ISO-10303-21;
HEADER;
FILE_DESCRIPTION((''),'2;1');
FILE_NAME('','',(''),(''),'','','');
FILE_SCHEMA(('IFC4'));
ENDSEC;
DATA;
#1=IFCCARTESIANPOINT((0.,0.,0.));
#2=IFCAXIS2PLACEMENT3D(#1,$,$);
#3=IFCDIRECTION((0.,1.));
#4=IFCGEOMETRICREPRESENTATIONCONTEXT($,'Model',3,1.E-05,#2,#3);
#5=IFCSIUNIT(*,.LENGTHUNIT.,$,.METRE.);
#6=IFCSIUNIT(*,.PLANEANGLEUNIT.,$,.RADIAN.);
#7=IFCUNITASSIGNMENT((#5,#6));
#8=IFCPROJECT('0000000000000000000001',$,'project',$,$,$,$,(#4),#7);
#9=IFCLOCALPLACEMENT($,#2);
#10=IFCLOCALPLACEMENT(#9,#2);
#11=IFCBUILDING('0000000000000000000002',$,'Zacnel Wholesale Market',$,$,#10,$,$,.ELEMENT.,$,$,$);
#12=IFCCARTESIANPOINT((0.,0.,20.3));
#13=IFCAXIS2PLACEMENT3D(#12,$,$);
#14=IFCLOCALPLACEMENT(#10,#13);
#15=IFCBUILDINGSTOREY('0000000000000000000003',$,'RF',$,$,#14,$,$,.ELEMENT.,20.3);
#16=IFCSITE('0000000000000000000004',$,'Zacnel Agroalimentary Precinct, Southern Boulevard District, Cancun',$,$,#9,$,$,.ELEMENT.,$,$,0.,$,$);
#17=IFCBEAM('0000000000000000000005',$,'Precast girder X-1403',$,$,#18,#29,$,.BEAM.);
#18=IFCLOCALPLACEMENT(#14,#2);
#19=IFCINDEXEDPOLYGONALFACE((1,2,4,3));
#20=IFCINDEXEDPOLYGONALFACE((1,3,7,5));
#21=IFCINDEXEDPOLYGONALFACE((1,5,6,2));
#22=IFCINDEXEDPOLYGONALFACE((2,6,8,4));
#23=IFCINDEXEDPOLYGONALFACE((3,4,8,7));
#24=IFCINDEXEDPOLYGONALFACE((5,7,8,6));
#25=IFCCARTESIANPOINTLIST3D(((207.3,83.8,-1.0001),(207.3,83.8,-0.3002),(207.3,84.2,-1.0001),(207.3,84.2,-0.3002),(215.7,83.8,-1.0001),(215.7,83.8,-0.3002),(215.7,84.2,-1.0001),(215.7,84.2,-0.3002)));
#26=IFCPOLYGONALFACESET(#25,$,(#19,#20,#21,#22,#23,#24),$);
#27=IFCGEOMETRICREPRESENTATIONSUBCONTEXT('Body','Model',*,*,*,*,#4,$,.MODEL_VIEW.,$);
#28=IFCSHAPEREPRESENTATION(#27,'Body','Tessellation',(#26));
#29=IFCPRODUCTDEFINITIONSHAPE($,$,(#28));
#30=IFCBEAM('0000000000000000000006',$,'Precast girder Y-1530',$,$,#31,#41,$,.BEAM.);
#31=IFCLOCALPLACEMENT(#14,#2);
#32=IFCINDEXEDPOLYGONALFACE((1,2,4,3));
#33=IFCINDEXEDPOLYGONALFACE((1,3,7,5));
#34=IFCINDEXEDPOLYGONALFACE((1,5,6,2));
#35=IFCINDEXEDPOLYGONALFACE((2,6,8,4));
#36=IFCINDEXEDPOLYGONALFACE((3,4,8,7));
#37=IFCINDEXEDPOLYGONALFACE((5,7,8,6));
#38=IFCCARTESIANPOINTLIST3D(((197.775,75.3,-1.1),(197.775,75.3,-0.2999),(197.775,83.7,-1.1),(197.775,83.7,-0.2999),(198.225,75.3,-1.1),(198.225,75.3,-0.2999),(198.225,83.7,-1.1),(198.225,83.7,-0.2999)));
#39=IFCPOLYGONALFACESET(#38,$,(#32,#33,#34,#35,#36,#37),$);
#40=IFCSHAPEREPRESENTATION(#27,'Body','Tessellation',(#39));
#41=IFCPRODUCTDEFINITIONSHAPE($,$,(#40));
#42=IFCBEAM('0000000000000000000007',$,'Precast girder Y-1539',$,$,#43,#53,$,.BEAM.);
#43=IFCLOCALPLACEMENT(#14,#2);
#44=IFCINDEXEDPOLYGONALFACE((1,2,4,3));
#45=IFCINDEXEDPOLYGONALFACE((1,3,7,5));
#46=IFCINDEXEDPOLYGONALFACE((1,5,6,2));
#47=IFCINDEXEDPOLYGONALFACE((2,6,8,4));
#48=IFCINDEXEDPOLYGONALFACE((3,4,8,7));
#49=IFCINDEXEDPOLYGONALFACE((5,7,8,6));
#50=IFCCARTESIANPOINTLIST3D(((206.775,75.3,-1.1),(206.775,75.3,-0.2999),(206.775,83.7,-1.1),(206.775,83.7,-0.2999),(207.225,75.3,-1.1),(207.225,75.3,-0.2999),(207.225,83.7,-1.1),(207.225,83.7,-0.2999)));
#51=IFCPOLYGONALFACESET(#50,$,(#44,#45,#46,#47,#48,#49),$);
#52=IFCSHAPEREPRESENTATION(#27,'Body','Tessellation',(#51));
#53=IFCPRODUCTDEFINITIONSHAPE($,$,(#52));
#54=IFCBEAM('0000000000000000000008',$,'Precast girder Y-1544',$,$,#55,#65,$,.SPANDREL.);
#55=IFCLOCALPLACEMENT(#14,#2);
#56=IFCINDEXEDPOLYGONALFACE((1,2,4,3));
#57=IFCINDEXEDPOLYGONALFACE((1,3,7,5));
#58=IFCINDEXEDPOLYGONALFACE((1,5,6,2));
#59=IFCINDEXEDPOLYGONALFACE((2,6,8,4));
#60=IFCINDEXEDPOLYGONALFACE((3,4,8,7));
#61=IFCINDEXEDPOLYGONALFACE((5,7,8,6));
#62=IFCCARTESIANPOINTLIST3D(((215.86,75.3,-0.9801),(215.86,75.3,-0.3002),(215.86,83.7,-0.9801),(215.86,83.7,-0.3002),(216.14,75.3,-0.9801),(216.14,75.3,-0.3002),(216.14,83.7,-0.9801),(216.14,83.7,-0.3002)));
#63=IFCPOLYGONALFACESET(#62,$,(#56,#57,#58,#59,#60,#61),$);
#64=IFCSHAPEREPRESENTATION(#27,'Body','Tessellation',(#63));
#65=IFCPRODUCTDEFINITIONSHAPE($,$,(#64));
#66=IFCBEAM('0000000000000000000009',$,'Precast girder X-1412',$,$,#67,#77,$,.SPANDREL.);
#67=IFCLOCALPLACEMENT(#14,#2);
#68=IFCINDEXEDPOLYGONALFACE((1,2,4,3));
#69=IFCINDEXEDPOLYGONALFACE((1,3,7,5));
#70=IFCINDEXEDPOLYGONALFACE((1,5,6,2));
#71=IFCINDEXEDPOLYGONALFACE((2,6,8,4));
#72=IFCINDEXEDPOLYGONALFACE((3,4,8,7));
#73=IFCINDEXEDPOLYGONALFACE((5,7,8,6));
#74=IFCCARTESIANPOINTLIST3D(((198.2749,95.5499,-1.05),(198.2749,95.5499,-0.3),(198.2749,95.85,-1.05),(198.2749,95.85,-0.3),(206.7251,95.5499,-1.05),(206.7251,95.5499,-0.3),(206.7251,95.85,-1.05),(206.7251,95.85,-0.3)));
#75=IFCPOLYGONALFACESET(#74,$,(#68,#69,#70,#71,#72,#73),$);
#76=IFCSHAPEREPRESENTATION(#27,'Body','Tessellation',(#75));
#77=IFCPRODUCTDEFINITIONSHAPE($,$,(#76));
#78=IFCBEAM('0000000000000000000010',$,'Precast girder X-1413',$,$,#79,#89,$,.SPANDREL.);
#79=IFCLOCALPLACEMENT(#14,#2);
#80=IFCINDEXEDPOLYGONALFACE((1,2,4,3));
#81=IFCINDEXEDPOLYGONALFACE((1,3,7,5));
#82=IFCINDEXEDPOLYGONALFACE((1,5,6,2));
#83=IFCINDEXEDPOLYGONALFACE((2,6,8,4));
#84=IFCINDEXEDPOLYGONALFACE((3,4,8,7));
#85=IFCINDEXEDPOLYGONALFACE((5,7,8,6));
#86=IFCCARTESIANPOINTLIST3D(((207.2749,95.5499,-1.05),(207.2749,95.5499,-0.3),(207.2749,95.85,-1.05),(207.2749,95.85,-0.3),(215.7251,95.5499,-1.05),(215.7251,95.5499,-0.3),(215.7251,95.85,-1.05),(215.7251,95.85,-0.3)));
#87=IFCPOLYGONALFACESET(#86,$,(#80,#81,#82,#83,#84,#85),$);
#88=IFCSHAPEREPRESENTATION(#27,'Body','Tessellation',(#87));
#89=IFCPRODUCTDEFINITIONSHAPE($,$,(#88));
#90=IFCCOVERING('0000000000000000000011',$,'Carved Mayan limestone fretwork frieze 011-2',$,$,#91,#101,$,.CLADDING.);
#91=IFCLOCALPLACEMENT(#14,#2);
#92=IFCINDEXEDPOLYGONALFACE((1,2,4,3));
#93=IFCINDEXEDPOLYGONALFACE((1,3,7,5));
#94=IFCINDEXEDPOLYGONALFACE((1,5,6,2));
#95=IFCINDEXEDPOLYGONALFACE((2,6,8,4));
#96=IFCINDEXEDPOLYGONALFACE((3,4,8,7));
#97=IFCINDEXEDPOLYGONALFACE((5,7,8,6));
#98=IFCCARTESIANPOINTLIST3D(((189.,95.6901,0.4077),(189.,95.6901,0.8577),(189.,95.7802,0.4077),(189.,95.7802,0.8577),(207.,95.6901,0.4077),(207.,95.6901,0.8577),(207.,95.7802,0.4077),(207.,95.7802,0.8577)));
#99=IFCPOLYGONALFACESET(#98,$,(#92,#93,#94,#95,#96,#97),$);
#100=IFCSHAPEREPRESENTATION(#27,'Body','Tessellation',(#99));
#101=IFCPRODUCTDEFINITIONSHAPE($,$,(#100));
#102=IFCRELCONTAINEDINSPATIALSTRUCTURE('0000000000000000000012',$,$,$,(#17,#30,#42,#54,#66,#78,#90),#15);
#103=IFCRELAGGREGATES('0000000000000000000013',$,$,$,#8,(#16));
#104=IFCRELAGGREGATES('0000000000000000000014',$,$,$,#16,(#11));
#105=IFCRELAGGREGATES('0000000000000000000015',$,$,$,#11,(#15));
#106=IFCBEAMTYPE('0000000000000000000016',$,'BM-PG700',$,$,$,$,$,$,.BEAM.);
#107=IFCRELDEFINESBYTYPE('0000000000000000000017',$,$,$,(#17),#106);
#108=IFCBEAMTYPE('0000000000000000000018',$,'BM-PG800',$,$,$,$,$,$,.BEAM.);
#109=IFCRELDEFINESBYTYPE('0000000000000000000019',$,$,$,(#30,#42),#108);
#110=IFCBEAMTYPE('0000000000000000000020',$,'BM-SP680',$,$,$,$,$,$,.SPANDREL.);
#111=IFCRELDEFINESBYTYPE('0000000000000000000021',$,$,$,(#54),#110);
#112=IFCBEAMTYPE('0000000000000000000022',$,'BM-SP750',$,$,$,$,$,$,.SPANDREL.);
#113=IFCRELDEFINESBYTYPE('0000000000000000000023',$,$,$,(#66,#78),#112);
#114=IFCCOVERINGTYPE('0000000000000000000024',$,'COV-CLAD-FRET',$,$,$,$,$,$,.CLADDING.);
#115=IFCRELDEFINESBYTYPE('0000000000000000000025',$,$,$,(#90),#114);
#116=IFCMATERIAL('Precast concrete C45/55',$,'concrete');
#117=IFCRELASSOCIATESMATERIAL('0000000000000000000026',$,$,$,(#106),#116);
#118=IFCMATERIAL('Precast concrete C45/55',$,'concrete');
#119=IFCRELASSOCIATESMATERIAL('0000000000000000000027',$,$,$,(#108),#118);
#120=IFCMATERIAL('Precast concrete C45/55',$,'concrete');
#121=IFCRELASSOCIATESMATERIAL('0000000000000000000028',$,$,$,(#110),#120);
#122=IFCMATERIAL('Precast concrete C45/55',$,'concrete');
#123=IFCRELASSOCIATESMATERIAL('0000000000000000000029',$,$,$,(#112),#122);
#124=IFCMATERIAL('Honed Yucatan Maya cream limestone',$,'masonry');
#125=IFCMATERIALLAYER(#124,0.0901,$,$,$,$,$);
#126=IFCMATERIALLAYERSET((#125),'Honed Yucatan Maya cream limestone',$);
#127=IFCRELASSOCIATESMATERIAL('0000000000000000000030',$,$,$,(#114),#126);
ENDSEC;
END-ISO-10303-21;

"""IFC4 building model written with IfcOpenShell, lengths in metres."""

from ifc_helpers import new_model, si_unit, direction, frame, origin, origin_2d, place, context, subcontext, project, spatial, rectangle, extrude, material, layer, layer_set, material_profile, profile_set, type_object, element, save


model = new_model("IFC4")

# Units and contexts
model_context = context("Model", 3, precision=1e-05, world=origin(), true_north=direction((0.0, 1.0)))
body_context = subcontext(model_context, "Body", "Model", "MODEL_VIEW")
ifc_project = project(units=[si_unit("LENGTHUNIT", "METRE"), si_unit("PLANEANGLEUNIT", "RADIAN")], contexts=[model_context])

# Site, building, storey
site_placement = place(None, origin())
site = spatial("IfcSite", under=ifc_project, at=site_placement, Name="Zacnel Agroalimentary Precinct, Southern Boulevard District, Cancun", CompositionType="ELEMENT", RefElevation=0.0)
building_placement = place(site_placement, origin())
building = spatial("IfcBuilding", under=site, at=building_placement, Name="Zacnel Wholesale Market", CompositionType="ELEMENT")
storey_placement = place(building_placement, frame((0.0, 0.0, 20.3)))
storey = spatial("IfcBuildingStorey", under=building, at=storey_placement, Name="RF", CompositionType="ELEMENT", Elevation=20.3)

# Beams
ifc_material_1 = material(Name="Precast concrete C45/55", Category="concrete")
ifc_material_profile_1 = material_profile(ifc_material_1, rectangle(XDim=0.3999, YDim=0.7, at=origin_2d()), Name="PG 400x700")
ifc_profile_set_1 = profile_set([ifc_material_profile_1], Name="Precast concrete C45/55")
beam_type_1 = type_object("IfcBeamType", Name="BM-PG700", PredefinedType="BEAM", material=ifc_profile_set_1)
for number, where, z_axis, x_axis, name in (
    (1, (207.3, 84.0, -0.6501), (1.0, 0.0, 0.0), (0.0, 1.0, 0.0), "Precast girder X-1403"),
):
    element("IfcBeam", number, at=place(storey_placement, frame(where, z_axis=z_axis, x_axis=x_axis)), inside=storey, type_object=beam_type_1, Name=name, PredefinedType="BEAM", context=body_context, shape_type="SweptSolid", body=[
        extrude(rectangle(XDim=0.3999, YDim=0.7, at=origin_2d()), origin(), (0.0, 0.0, 1.0), 8.3999),
    ])
ifc_material_2 = material(Name="Precast concrete C45/55", Category="concrete")
ifc_material_profile_2 = material_profile(ifc_material_2, rectangle(XDim=0.45, YDim=0.8, at=origin_2d()), Name="PG 450x800")
ifc_profile_set_2 = profile_set([ifc_material_profile_2], Name="Precast concrete C45/55")
beam_type_2 = type_object("IfcBeamType", Name="BM-PG800", PredefinedType="BEAM", material=ifc_profile_set_2)
for number, where, z_axis, x_axis, name in (
    (2, (198.0, 75.3, -0.7), (0.0, 1.0, 0.0), (-1.0, 0.0, 0.0), "Precast girder Y-1530"),
    (3, (207.0, 75.3, -0.7), (0.0, 1.0, 0.0), (-1.0, 0.0, 0.0), "Precast girder Y-1539"),
):
    element("IfcBeam", number, at=place(storey_placement, frame(where, z_axis=z_axis, x_axis=x_axis)), inside=storey, type_object=beam_type_2, Name=name, PredefinedType="BEAM", context=body_context, shape_type="SweptSolid", body=[
        extrude(rectangle(XDim=0.45, YDim=0.8, at=origin_2d()), origin(), (0.0, 0.0, 1.0), 8.3999),
    ])
ifc_material_3 = material(Name="Precast concrete C45/55", Category="concrete")
ifc_material_profile_3 = material_profile(ifc_material_3, rectangle(XDim=0.28, YDim=0.6799, at=origin_2d()), Name="SP 280x680")
ifc_profile_set_3 = profile_set([ifc_material_profile_3], Name="Precast concrete C45/55")
beam_type_3 = type_object("IfcBeamType", Name="BM-SP680", PredefinedType="SPANDREL", material=ifc_profile_set_3)
beam_placement = place(storey_placement, frame((216.0, 75.3, -0.6401), z_axis=(0.0, 1.0, 0.0), x_axis=(-1.0, 0.0, 0.0)))
element("IfcBeam", 4, at=beam_placement, inside=storey, type_object=beam_type_3, Name="Precast girder Y-1544", PredefinedType="SPANDREL", context=body_context, shape_type="SweptSolid", body=[
    extrude(rectangle(XDim=0.28, YDim=0.6799, at=origin_2d()), origin(), (0.0, 0.0, 1.0), 8.3999),
])
ifc_material_4 = material(Name="Precast concrete C45/55", Category="concrete")
ifc_material_profile_4 = material_profile(ifc_material_4, rectangle(XDim=0.3, YDim=0.75, at=origin_2d()), Name="SP 300x750")
ifc_profile_set_4 = profile_set([ifc_material_profile_4], Name="Precast concrete C45/55")
beam_type_4 = type_object("IfcBeamType", Name="BM-SP750", PredefinedType="SPANDREL", material=ifc_profile_set_4)
for number, where, z_axis, x_axis, name in (
    (5, (198.2749, 95.7, -0.675), (1.0, 0.0, 0.0), (0.0, 1.0, 0.0), "Precast girder X-1412"),
    (6, (207.2749, 95.7, -0.675), (1.0, 0.0, 0.0), (0.0, 1.0, 0.0), "Precast girder X-1413"),
):
    element("IfcBeam", number, at=place(storey_placement, frame(where, z_axis=z_axis, x_axis=x_axis)), inside=storey, type_object=beam_type_4, Name=name, PredefinedType="SPANDREL", context=body_context, shape_type="SweptSolid", body=[
        extrude(rectangle(XDim=0.3, YDim=0.75, at=origin_2d()), origin(), (0.0, 0.0, 1.0), 8.4502),
    ])

# Covering
ifc_material_5 = material(Name="Honed Yucatan Maya cream limestone", Category="masonry")
ifc_layer = layer(ifc_material_5, 0.0901)
ifc_layer_set = layer_set([ifc_layer], Name="Honed Yucatan Maya cream limestone")
covering_type = type_object("IfcCoveringType", Name="COV-CLAD-FRET", PredefinedType="CLADDING", material=ifc_layer_set)
covering_placement = place(storey_placement, frame((198.0, 95.7351, 0.4077), z_axis=(0.0, 0.0, 1.0), x_axis=(1.0, 0.0, 0.0)))
element("IfcCovering", 7, at=covering_placement, inside=storey, type_object=covering_type, Name="Carved Mayan limestone fretwork frieze 011-2", PredefinedType="CLADDING", context=body_context, shape_type="SweptSolid", body=[
    extrude(rectangle(XDim=18.0, YDim=0.0901, at=origin_2d()), origin(), (0.0, 0.0, 1.0), 0.45),
])

save(model, "model.ifc")
